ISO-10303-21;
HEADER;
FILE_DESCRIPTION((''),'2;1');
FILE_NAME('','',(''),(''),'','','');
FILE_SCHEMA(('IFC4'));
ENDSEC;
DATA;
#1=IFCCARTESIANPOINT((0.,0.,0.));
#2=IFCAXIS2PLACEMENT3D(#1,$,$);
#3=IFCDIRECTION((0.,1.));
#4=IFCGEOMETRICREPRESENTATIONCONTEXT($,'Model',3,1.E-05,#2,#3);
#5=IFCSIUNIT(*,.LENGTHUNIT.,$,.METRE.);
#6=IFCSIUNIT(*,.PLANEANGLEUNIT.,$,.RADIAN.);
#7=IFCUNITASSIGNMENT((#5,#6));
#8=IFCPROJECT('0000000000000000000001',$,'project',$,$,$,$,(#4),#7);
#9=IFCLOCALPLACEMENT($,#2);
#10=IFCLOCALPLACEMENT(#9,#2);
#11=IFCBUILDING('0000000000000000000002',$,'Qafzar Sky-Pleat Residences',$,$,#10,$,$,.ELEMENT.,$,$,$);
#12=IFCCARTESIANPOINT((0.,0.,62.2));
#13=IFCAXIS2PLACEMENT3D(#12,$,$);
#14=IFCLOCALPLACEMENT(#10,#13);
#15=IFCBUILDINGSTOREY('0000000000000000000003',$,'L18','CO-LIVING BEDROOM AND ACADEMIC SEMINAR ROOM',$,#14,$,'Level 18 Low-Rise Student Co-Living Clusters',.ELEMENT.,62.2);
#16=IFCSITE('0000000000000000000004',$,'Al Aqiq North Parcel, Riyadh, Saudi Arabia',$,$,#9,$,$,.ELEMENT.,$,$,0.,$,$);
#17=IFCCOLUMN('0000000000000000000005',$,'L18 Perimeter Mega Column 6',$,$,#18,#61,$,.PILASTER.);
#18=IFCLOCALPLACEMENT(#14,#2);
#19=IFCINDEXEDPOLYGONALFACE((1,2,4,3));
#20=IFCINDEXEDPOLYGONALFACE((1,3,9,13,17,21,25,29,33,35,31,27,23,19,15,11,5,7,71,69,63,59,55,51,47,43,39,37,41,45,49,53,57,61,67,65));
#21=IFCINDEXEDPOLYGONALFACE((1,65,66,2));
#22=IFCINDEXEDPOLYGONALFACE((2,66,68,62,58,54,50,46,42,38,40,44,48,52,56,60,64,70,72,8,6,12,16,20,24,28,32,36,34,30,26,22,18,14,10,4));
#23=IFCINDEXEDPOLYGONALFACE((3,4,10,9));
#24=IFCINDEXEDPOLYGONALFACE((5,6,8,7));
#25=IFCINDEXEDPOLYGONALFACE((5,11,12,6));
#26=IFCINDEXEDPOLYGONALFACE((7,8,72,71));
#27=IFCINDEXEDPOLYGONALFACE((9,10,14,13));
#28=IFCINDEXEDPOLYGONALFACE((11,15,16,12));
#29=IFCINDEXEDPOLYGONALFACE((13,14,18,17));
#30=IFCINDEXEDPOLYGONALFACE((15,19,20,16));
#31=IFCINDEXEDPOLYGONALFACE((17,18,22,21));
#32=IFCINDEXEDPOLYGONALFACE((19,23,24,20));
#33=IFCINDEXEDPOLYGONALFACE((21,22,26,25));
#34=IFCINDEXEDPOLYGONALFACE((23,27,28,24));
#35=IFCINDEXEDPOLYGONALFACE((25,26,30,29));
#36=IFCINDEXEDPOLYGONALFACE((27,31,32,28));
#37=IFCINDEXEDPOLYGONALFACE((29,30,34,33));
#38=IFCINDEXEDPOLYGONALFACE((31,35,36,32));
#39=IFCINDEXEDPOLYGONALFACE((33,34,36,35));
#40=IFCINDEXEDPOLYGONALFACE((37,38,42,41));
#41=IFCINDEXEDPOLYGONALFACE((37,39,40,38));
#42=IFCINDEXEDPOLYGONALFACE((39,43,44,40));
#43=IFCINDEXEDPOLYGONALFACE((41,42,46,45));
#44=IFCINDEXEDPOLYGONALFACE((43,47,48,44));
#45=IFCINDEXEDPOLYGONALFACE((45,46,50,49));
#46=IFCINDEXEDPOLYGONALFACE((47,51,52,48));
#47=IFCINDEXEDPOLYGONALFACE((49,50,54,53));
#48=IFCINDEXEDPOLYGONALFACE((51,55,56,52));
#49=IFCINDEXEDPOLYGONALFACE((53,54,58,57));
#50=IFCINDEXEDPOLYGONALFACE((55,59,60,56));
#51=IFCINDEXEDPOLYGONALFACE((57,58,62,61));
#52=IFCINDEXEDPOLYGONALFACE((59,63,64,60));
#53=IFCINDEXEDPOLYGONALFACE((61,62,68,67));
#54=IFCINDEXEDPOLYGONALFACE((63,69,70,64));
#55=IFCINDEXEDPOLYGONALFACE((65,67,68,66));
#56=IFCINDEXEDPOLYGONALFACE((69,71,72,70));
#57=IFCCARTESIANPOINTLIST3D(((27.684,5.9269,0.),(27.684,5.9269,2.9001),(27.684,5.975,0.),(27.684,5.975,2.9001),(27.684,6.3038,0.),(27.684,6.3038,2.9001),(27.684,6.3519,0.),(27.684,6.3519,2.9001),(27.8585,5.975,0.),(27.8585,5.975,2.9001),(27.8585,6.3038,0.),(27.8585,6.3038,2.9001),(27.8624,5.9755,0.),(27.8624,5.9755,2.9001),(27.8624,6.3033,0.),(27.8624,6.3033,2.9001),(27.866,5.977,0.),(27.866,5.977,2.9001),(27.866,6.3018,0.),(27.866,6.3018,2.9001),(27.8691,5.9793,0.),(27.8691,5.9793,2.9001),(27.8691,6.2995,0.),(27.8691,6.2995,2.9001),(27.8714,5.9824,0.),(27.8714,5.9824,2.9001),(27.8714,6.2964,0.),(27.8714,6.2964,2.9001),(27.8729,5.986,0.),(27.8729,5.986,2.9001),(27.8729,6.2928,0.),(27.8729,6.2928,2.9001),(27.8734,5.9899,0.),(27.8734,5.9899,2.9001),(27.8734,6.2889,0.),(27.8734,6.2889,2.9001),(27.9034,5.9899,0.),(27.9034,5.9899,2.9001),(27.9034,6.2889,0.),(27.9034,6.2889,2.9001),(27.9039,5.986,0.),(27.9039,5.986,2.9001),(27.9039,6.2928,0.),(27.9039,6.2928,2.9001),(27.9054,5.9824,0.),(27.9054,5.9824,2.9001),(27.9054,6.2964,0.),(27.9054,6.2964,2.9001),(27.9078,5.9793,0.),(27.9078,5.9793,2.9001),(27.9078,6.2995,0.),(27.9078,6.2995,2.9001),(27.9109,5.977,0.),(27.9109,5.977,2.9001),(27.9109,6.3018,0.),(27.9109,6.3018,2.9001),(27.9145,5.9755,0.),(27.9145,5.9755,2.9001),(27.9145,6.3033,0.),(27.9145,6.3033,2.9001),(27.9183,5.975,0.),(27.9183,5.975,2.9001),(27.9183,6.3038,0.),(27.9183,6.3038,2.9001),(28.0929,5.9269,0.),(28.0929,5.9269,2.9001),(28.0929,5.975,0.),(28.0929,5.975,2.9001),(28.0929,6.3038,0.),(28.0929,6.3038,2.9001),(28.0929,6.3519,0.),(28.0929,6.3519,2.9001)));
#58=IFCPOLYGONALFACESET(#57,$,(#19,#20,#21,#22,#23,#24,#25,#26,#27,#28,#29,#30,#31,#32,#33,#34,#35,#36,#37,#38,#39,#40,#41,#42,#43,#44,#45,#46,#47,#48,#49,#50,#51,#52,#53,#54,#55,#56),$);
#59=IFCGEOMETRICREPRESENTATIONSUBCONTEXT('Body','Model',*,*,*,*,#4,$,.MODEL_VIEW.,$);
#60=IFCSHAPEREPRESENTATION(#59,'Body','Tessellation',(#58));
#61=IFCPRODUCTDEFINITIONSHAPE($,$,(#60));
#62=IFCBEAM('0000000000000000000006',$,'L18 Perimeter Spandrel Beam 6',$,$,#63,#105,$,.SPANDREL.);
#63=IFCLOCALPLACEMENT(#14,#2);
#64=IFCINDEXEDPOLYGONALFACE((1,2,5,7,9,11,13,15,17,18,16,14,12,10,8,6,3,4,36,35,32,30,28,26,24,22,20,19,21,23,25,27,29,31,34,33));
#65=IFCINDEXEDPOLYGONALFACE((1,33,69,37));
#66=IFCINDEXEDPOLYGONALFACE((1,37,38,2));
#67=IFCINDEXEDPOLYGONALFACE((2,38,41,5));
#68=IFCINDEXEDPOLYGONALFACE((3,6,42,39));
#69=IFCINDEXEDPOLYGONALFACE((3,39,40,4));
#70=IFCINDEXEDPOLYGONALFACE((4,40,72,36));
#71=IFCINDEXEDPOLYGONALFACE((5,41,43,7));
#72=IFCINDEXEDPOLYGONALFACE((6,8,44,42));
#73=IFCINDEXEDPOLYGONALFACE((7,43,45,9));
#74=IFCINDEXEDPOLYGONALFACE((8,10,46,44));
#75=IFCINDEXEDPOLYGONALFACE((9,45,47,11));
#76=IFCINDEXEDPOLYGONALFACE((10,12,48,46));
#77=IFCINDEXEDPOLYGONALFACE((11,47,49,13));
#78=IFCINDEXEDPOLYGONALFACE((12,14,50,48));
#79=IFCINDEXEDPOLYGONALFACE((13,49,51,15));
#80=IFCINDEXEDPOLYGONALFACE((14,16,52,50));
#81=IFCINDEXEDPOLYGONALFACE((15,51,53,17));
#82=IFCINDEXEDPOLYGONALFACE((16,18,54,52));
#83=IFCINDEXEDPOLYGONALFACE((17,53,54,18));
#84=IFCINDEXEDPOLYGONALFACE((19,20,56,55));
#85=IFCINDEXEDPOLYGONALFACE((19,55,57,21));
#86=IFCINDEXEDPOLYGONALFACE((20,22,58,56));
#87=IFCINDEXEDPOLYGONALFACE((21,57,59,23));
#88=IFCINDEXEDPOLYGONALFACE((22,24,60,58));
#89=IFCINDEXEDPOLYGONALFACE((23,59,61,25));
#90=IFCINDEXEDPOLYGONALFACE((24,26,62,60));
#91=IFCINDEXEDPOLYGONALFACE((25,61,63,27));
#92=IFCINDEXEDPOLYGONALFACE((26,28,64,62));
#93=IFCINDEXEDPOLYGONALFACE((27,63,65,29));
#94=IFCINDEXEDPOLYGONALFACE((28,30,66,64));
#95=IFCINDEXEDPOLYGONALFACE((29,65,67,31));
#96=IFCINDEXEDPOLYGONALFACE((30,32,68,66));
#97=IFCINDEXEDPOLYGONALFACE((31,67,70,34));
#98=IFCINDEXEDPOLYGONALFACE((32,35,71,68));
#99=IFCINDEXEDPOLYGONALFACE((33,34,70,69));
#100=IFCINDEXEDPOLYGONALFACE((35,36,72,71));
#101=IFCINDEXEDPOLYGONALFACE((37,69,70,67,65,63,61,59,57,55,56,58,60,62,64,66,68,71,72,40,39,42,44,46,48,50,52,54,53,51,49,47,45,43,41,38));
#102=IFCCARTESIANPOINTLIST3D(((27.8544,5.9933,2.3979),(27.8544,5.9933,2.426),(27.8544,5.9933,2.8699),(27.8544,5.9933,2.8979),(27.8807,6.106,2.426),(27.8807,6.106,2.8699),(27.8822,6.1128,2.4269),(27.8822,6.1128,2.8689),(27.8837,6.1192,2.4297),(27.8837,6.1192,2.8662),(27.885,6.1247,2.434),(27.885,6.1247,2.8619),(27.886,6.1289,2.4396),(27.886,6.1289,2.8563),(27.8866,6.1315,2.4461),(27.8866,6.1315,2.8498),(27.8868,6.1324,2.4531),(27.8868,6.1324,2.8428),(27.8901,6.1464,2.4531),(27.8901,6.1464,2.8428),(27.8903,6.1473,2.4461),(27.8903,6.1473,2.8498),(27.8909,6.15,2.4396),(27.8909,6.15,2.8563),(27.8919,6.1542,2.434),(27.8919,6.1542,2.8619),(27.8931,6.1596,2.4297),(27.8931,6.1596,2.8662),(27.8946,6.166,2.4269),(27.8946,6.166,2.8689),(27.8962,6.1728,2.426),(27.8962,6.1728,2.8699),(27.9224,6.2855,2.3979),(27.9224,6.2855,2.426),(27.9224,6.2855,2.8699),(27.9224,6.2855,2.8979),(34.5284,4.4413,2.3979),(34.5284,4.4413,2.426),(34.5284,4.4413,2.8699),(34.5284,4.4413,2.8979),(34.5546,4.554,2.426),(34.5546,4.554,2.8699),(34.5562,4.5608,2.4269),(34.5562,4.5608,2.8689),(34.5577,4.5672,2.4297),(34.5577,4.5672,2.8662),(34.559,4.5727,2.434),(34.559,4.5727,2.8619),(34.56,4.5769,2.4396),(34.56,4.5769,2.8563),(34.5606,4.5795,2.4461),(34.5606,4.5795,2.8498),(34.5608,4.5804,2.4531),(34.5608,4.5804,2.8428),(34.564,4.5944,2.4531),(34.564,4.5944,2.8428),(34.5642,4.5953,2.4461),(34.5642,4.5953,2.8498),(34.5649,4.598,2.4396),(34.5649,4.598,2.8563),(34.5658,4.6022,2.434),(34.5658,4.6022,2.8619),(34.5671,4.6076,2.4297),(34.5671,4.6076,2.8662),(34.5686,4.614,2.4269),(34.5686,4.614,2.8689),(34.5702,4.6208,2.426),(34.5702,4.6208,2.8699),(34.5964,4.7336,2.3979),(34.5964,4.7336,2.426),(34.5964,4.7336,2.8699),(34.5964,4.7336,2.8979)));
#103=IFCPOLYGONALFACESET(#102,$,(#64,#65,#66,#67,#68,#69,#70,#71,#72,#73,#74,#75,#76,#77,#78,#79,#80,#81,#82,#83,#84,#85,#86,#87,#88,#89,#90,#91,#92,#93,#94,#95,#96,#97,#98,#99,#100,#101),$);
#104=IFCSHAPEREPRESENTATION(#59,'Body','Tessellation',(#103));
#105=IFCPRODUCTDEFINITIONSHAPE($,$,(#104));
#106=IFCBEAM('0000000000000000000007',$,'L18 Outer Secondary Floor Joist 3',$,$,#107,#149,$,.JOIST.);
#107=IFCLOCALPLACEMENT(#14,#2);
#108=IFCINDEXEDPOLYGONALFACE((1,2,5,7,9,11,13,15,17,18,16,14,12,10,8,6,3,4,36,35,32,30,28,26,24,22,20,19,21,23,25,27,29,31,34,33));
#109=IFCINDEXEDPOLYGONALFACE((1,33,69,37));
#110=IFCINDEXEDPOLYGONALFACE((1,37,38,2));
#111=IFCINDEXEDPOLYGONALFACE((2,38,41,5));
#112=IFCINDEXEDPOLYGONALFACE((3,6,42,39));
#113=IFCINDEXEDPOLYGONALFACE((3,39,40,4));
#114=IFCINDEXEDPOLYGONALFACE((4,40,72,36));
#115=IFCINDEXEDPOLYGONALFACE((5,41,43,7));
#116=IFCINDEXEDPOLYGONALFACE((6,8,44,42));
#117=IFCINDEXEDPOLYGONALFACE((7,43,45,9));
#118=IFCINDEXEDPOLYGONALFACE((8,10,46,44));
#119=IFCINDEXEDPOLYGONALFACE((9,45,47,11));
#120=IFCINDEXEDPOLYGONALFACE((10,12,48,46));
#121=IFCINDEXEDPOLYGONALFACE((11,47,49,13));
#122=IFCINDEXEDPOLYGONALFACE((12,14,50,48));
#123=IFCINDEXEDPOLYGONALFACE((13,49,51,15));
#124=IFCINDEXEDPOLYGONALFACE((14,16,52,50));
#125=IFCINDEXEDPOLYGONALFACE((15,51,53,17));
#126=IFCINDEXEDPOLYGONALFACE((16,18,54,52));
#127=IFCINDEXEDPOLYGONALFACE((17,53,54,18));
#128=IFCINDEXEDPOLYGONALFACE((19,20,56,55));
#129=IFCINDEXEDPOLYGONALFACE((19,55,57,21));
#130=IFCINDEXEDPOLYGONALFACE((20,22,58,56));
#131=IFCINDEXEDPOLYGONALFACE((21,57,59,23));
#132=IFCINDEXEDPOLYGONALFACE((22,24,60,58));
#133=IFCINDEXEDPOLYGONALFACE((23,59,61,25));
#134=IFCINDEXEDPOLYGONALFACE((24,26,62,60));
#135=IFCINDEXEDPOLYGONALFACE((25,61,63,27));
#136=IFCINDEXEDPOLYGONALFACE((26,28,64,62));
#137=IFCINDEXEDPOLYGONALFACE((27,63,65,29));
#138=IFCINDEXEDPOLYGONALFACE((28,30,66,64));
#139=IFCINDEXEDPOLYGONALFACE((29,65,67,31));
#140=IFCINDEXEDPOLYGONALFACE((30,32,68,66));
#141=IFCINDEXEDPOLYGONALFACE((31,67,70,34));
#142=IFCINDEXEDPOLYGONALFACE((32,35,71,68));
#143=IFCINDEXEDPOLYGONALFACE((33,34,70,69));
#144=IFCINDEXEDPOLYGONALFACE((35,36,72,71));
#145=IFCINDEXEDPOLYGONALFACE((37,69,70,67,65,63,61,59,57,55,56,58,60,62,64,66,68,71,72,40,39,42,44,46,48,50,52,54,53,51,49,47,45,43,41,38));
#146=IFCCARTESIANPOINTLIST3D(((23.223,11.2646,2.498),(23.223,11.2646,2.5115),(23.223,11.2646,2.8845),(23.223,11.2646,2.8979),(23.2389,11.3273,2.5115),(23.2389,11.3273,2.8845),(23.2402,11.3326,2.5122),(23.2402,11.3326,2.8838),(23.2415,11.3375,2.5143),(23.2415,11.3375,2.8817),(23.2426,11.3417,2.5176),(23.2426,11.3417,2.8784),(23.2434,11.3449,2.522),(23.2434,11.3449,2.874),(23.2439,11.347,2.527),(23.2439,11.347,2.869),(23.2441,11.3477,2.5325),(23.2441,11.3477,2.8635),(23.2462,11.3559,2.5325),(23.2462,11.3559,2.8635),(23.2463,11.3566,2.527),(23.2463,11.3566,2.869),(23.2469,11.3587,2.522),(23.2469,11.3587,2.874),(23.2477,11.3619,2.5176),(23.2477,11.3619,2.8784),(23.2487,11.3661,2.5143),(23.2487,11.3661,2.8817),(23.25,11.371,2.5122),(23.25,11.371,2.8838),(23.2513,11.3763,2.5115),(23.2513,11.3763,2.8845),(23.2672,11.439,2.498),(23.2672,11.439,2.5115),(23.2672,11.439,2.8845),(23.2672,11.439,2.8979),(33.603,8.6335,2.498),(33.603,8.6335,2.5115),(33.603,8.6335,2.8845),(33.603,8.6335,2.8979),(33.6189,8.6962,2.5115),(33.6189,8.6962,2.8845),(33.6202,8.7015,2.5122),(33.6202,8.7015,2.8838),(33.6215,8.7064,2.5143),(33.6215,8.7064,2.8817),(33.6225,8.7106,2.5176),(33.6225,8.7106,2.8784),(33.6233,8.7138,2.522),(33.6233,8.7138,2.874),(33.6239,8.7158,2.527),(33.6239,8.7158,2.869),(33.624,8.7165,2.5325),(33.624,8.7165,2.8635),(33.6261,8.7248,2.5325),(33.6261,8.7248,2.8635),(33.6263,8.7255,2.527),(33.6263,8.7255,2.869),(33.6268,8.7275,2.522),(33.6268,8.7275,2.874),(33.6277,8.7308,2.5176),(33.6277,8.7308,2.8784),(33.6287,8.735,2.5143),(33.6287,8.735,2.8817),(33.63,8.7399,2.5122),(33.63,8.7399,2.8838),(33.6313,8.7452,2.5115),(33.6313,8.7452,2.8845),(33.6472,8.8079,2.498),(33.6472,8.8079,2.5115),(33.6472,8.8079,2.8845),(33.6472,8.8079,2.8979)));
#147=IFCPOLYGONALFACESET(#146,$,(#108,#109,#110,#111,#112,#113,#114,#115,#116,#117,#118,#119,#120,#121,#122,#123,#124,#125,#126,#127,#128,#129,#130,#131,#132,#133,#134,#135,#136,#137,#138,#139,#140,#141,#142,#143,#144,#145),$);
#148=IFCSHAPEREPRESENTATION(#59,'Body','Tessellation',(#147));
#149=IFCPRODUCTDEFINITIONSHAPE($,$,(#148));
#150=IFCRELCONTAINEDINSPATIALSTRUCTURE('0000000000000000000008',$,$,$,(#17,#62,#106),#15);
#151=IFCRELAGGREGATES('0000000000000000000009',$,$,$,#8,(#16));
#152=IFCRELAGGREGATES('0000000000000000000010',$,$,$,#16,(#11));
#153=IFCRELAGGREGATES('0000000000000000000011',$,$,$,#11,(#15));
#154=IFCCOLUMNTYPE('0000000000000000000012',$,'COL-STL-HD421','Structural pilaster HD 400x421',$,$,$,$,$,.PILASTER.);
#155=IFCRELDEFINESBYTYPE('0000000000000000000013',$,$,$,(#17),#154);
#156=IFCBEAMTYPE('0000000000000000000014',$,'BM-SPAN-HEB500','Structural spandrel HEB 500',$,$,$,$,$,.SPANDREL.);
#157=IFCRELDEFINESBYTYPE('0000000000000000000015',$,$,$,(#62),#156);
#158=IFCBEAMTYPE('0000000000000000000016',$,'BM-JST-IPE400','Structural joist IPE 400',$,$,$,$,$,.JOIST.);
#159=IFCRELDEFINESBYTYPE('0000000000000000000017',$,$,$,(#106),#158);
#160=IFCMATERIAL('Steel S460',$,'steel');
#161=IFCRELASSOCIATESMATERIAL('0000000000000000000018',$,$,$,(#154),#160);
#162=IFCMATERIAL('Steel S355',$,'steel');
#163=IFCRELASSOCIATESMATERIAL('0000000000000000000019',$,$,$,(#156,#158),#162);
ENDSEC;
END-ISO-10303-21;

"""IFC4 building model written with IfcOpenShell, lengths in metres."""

from ifc_helpers import new_model, si_unit, direction, frame, origin, origin_2d, place, context, subcontext, project, spatial, i_section, extrude, source, transform, mapped, material, material_profile, profile_set, type_object, element, save


model = new_model("IFC4")

# Units and contexts
model_context = context("Model", 3, precision=1e-05, world=origin(), true_north=direction((0.0, 1.0)))
body_context = subcontext(model_context, "Body", "Model", "MODEL_VIEW")
ifc_project = project(units=[si_unit("LENGTHUNIT", "METRE"), si_unit("PLANEANGLEUNIT", "RADIAN")], contexts=[model_context])

# Site, building, storey
site_placement = place(None, origin())
site = spatial("IfcSite", under=ifc_project, at=site_placement, Name="Al Aqiq North Parcel, Riyadh, Saudi Arabia", CompositionType="ELEMENT", RefElevation=0.0)
building_placement = place(site_placement, origin())
building = spatial("IfcBuilding", under=site, at=building_placement, Name="Qafzar Sky-Pleat Residences", CompositionType="ELEMENT")
storey_placement = place(building_placement, frame((0.0, 0.0, 62.2)))
storey = spatial("IfcBuildingStorey", under=building, at=storey_placement, Name="L18", Description="CO-LIVING BEDROOM AND ACADEMIC SEMINAR ROOM", LongName="Level 18 Low-Rise Student Co-Living Clusters", CompositionType="ELEMENT", Elevation=62.2)

# Column
ifc_material_1 = material(Name="Steel S460", Category="steel")
ifc_material_profile_1 = material_profile(ifc_material_1, i_section(OverallWidth=0.4089, OverallDepth=0.425, WebThickness=0.03, FlangeThickness=0.0481, FilletRadius=0.0149, at=origin_2d()), Name="HD 400x421")
ifc_profile_set_1 = profile_set([ifc_material_profile_1], Name="Steel S460")
column_type = type_object("IfcColumnType", Name="COL-STL-HD421", Description="Structural pilaster HD 400x421", PredefinedType="PILASTER", material=ifc_profile_set_1)
shared_shape_1 = source(origin(), body_context, "Body", "SweptSolid", [
    extrude(i_section(OverallWidth=0.4089, OverallDepth=0.425, WebThickness=0.03, FlangeThickness=0.0481, FilletRadius=0.0149, at=origin_2d()), origin(), (0.0, 0.0, 1.0), 2.9001),
])
column_placement = place(storey_placement, frame((27.8884, 6.1394, 0.0), z_axis=(0.0, 0.0, 1.0), x_axis=(1.0, 0.0, 0.0)))
element("IfcColumn", 1, at=column_placement, inside=storey, type_object=column_type, Name="L18 Perimeter Mega Column 6", PredefinedType="PILASTER", context=body_context, shape_type="MappedRepresentation", body=[
    mapped(shared_shape_1, transform((0.0, 0.0, 0.0), x_axis=(1.0, 0.0, 0.0), y_axis=(0.0, 1.0, 0.0), z_axis=(0.0, 0.0, 1.0), scale=1.0)),
])

# Beams
ifc_material_2 = material(Name="Steel S355", Category="steel")
ifc_material_profile_2 = material_profile(ifc_material_2, i_section(OverallWidth=0.3, OverallDepth=0.5, WebThickness=0.0144, FlangeThickness=0.0281, FilletRadius=0.0271, at=origin_2d()), Name="HEB 500")
ifc_profile_set_2 = profile_set([ifc_material_profile_2], Name="Steel S355")
beam_type_1 = type_object("IfcBeamType", Name="BM-SPAN-HEB500", Description="Structural spandrel HEB 500", PredefinedType="SPANDREL", material=ifc_profile_set_2)
shared_shape_2 = source(origin(), body_context, "Body", "SweptSolid", [
    extrude(i_section(OverallWidth=0.3, OverallDepth=0.5, WebThickness=0.0144, FlangeThickness=0.0281, FilletRadius=0.0271, at=origin_2d()), origin(), (0.0, 0.0, 1.0), 6.8521),
])
beam_1_placement = place(storey_placement, frame((27.8884, 6.1394, 2.6479), z_axis=(0.974012, -0.226499, 0.0), x_axis=(0.226499, 0.974012, 0.0)))
element("IfcBeam", 2, at=beam_1_placement, inside=storey, type_object=beam_type_1, Name="L18 Perimeter Spandrel Beam 6", PredefinedType="SPANDREL", context=body_context, shape_type="MappedRepresentation", body=[
    mapped(shared_shape_2, transform((0.0, 0.0, 0.0), x_axis=(1.0, 0.0, 0.0), y_axis=(0.0, 1.0, 0.0), z_axis=(0.0, 0.0, 1.0), scale=1.0)),
])
ifc_material_profile_3 = material_profile(ifc_material_2, i_section(OverallWidth=0.1799, OverallDepth=0.3999, WebThickness=0.0085, FlangeThickness=0.0134, FilletRadius=0.021, at=origin_2d()), Name="IPE 400")
ifc_profile_set_3 = profile_set([ifc_material_profile_3], Name="Steel S355")
beam_type_2 = type_object("IfcBeamType", Name="BM-JST-IPE400", Description="Structural joist IPE 400", PredefinedType="JOIST", material=ifc_profile_set_3)
shared_shape_3 = source(origin(), body_context, "Body", "SweptSolid", [
    extrude(i_section(OverallWidth=0.1799, OverallDepth=0.3999, WebThickness=0.0085, FlangeThickness=0.0134, FilletRadius=0.021, at=origin_2d()), origin(), (0.0, 0.0, 1.0), 10.7083),
])
beam_2_placement = place(storey_placement, frame((23.2451, 11.3518, 2.698), z_axis=(0.969343, -0.24571, 0.0), x_axis=(0.24571, 0.969343, 0.0)))
element("IfcBeam", 3, at=beam_2_placement, inside=storey, type_object=beam_type_2, Name="L18 Outer Secondary Floor Joist 3", PredefinedType="JOIST", context=body_context, shape_type="MappedRepresentation", body=[
    mapped(shared_shape_3, transform((0.0, 0.0, 0.0), x_axis=(1.0, 0.0, 0.0), y_axis=(0.0, 1.0, 0.0), z_axis=(0.0, 0.0, 1.0), scale=1.0)),
])

save(model, "model.ifc")
